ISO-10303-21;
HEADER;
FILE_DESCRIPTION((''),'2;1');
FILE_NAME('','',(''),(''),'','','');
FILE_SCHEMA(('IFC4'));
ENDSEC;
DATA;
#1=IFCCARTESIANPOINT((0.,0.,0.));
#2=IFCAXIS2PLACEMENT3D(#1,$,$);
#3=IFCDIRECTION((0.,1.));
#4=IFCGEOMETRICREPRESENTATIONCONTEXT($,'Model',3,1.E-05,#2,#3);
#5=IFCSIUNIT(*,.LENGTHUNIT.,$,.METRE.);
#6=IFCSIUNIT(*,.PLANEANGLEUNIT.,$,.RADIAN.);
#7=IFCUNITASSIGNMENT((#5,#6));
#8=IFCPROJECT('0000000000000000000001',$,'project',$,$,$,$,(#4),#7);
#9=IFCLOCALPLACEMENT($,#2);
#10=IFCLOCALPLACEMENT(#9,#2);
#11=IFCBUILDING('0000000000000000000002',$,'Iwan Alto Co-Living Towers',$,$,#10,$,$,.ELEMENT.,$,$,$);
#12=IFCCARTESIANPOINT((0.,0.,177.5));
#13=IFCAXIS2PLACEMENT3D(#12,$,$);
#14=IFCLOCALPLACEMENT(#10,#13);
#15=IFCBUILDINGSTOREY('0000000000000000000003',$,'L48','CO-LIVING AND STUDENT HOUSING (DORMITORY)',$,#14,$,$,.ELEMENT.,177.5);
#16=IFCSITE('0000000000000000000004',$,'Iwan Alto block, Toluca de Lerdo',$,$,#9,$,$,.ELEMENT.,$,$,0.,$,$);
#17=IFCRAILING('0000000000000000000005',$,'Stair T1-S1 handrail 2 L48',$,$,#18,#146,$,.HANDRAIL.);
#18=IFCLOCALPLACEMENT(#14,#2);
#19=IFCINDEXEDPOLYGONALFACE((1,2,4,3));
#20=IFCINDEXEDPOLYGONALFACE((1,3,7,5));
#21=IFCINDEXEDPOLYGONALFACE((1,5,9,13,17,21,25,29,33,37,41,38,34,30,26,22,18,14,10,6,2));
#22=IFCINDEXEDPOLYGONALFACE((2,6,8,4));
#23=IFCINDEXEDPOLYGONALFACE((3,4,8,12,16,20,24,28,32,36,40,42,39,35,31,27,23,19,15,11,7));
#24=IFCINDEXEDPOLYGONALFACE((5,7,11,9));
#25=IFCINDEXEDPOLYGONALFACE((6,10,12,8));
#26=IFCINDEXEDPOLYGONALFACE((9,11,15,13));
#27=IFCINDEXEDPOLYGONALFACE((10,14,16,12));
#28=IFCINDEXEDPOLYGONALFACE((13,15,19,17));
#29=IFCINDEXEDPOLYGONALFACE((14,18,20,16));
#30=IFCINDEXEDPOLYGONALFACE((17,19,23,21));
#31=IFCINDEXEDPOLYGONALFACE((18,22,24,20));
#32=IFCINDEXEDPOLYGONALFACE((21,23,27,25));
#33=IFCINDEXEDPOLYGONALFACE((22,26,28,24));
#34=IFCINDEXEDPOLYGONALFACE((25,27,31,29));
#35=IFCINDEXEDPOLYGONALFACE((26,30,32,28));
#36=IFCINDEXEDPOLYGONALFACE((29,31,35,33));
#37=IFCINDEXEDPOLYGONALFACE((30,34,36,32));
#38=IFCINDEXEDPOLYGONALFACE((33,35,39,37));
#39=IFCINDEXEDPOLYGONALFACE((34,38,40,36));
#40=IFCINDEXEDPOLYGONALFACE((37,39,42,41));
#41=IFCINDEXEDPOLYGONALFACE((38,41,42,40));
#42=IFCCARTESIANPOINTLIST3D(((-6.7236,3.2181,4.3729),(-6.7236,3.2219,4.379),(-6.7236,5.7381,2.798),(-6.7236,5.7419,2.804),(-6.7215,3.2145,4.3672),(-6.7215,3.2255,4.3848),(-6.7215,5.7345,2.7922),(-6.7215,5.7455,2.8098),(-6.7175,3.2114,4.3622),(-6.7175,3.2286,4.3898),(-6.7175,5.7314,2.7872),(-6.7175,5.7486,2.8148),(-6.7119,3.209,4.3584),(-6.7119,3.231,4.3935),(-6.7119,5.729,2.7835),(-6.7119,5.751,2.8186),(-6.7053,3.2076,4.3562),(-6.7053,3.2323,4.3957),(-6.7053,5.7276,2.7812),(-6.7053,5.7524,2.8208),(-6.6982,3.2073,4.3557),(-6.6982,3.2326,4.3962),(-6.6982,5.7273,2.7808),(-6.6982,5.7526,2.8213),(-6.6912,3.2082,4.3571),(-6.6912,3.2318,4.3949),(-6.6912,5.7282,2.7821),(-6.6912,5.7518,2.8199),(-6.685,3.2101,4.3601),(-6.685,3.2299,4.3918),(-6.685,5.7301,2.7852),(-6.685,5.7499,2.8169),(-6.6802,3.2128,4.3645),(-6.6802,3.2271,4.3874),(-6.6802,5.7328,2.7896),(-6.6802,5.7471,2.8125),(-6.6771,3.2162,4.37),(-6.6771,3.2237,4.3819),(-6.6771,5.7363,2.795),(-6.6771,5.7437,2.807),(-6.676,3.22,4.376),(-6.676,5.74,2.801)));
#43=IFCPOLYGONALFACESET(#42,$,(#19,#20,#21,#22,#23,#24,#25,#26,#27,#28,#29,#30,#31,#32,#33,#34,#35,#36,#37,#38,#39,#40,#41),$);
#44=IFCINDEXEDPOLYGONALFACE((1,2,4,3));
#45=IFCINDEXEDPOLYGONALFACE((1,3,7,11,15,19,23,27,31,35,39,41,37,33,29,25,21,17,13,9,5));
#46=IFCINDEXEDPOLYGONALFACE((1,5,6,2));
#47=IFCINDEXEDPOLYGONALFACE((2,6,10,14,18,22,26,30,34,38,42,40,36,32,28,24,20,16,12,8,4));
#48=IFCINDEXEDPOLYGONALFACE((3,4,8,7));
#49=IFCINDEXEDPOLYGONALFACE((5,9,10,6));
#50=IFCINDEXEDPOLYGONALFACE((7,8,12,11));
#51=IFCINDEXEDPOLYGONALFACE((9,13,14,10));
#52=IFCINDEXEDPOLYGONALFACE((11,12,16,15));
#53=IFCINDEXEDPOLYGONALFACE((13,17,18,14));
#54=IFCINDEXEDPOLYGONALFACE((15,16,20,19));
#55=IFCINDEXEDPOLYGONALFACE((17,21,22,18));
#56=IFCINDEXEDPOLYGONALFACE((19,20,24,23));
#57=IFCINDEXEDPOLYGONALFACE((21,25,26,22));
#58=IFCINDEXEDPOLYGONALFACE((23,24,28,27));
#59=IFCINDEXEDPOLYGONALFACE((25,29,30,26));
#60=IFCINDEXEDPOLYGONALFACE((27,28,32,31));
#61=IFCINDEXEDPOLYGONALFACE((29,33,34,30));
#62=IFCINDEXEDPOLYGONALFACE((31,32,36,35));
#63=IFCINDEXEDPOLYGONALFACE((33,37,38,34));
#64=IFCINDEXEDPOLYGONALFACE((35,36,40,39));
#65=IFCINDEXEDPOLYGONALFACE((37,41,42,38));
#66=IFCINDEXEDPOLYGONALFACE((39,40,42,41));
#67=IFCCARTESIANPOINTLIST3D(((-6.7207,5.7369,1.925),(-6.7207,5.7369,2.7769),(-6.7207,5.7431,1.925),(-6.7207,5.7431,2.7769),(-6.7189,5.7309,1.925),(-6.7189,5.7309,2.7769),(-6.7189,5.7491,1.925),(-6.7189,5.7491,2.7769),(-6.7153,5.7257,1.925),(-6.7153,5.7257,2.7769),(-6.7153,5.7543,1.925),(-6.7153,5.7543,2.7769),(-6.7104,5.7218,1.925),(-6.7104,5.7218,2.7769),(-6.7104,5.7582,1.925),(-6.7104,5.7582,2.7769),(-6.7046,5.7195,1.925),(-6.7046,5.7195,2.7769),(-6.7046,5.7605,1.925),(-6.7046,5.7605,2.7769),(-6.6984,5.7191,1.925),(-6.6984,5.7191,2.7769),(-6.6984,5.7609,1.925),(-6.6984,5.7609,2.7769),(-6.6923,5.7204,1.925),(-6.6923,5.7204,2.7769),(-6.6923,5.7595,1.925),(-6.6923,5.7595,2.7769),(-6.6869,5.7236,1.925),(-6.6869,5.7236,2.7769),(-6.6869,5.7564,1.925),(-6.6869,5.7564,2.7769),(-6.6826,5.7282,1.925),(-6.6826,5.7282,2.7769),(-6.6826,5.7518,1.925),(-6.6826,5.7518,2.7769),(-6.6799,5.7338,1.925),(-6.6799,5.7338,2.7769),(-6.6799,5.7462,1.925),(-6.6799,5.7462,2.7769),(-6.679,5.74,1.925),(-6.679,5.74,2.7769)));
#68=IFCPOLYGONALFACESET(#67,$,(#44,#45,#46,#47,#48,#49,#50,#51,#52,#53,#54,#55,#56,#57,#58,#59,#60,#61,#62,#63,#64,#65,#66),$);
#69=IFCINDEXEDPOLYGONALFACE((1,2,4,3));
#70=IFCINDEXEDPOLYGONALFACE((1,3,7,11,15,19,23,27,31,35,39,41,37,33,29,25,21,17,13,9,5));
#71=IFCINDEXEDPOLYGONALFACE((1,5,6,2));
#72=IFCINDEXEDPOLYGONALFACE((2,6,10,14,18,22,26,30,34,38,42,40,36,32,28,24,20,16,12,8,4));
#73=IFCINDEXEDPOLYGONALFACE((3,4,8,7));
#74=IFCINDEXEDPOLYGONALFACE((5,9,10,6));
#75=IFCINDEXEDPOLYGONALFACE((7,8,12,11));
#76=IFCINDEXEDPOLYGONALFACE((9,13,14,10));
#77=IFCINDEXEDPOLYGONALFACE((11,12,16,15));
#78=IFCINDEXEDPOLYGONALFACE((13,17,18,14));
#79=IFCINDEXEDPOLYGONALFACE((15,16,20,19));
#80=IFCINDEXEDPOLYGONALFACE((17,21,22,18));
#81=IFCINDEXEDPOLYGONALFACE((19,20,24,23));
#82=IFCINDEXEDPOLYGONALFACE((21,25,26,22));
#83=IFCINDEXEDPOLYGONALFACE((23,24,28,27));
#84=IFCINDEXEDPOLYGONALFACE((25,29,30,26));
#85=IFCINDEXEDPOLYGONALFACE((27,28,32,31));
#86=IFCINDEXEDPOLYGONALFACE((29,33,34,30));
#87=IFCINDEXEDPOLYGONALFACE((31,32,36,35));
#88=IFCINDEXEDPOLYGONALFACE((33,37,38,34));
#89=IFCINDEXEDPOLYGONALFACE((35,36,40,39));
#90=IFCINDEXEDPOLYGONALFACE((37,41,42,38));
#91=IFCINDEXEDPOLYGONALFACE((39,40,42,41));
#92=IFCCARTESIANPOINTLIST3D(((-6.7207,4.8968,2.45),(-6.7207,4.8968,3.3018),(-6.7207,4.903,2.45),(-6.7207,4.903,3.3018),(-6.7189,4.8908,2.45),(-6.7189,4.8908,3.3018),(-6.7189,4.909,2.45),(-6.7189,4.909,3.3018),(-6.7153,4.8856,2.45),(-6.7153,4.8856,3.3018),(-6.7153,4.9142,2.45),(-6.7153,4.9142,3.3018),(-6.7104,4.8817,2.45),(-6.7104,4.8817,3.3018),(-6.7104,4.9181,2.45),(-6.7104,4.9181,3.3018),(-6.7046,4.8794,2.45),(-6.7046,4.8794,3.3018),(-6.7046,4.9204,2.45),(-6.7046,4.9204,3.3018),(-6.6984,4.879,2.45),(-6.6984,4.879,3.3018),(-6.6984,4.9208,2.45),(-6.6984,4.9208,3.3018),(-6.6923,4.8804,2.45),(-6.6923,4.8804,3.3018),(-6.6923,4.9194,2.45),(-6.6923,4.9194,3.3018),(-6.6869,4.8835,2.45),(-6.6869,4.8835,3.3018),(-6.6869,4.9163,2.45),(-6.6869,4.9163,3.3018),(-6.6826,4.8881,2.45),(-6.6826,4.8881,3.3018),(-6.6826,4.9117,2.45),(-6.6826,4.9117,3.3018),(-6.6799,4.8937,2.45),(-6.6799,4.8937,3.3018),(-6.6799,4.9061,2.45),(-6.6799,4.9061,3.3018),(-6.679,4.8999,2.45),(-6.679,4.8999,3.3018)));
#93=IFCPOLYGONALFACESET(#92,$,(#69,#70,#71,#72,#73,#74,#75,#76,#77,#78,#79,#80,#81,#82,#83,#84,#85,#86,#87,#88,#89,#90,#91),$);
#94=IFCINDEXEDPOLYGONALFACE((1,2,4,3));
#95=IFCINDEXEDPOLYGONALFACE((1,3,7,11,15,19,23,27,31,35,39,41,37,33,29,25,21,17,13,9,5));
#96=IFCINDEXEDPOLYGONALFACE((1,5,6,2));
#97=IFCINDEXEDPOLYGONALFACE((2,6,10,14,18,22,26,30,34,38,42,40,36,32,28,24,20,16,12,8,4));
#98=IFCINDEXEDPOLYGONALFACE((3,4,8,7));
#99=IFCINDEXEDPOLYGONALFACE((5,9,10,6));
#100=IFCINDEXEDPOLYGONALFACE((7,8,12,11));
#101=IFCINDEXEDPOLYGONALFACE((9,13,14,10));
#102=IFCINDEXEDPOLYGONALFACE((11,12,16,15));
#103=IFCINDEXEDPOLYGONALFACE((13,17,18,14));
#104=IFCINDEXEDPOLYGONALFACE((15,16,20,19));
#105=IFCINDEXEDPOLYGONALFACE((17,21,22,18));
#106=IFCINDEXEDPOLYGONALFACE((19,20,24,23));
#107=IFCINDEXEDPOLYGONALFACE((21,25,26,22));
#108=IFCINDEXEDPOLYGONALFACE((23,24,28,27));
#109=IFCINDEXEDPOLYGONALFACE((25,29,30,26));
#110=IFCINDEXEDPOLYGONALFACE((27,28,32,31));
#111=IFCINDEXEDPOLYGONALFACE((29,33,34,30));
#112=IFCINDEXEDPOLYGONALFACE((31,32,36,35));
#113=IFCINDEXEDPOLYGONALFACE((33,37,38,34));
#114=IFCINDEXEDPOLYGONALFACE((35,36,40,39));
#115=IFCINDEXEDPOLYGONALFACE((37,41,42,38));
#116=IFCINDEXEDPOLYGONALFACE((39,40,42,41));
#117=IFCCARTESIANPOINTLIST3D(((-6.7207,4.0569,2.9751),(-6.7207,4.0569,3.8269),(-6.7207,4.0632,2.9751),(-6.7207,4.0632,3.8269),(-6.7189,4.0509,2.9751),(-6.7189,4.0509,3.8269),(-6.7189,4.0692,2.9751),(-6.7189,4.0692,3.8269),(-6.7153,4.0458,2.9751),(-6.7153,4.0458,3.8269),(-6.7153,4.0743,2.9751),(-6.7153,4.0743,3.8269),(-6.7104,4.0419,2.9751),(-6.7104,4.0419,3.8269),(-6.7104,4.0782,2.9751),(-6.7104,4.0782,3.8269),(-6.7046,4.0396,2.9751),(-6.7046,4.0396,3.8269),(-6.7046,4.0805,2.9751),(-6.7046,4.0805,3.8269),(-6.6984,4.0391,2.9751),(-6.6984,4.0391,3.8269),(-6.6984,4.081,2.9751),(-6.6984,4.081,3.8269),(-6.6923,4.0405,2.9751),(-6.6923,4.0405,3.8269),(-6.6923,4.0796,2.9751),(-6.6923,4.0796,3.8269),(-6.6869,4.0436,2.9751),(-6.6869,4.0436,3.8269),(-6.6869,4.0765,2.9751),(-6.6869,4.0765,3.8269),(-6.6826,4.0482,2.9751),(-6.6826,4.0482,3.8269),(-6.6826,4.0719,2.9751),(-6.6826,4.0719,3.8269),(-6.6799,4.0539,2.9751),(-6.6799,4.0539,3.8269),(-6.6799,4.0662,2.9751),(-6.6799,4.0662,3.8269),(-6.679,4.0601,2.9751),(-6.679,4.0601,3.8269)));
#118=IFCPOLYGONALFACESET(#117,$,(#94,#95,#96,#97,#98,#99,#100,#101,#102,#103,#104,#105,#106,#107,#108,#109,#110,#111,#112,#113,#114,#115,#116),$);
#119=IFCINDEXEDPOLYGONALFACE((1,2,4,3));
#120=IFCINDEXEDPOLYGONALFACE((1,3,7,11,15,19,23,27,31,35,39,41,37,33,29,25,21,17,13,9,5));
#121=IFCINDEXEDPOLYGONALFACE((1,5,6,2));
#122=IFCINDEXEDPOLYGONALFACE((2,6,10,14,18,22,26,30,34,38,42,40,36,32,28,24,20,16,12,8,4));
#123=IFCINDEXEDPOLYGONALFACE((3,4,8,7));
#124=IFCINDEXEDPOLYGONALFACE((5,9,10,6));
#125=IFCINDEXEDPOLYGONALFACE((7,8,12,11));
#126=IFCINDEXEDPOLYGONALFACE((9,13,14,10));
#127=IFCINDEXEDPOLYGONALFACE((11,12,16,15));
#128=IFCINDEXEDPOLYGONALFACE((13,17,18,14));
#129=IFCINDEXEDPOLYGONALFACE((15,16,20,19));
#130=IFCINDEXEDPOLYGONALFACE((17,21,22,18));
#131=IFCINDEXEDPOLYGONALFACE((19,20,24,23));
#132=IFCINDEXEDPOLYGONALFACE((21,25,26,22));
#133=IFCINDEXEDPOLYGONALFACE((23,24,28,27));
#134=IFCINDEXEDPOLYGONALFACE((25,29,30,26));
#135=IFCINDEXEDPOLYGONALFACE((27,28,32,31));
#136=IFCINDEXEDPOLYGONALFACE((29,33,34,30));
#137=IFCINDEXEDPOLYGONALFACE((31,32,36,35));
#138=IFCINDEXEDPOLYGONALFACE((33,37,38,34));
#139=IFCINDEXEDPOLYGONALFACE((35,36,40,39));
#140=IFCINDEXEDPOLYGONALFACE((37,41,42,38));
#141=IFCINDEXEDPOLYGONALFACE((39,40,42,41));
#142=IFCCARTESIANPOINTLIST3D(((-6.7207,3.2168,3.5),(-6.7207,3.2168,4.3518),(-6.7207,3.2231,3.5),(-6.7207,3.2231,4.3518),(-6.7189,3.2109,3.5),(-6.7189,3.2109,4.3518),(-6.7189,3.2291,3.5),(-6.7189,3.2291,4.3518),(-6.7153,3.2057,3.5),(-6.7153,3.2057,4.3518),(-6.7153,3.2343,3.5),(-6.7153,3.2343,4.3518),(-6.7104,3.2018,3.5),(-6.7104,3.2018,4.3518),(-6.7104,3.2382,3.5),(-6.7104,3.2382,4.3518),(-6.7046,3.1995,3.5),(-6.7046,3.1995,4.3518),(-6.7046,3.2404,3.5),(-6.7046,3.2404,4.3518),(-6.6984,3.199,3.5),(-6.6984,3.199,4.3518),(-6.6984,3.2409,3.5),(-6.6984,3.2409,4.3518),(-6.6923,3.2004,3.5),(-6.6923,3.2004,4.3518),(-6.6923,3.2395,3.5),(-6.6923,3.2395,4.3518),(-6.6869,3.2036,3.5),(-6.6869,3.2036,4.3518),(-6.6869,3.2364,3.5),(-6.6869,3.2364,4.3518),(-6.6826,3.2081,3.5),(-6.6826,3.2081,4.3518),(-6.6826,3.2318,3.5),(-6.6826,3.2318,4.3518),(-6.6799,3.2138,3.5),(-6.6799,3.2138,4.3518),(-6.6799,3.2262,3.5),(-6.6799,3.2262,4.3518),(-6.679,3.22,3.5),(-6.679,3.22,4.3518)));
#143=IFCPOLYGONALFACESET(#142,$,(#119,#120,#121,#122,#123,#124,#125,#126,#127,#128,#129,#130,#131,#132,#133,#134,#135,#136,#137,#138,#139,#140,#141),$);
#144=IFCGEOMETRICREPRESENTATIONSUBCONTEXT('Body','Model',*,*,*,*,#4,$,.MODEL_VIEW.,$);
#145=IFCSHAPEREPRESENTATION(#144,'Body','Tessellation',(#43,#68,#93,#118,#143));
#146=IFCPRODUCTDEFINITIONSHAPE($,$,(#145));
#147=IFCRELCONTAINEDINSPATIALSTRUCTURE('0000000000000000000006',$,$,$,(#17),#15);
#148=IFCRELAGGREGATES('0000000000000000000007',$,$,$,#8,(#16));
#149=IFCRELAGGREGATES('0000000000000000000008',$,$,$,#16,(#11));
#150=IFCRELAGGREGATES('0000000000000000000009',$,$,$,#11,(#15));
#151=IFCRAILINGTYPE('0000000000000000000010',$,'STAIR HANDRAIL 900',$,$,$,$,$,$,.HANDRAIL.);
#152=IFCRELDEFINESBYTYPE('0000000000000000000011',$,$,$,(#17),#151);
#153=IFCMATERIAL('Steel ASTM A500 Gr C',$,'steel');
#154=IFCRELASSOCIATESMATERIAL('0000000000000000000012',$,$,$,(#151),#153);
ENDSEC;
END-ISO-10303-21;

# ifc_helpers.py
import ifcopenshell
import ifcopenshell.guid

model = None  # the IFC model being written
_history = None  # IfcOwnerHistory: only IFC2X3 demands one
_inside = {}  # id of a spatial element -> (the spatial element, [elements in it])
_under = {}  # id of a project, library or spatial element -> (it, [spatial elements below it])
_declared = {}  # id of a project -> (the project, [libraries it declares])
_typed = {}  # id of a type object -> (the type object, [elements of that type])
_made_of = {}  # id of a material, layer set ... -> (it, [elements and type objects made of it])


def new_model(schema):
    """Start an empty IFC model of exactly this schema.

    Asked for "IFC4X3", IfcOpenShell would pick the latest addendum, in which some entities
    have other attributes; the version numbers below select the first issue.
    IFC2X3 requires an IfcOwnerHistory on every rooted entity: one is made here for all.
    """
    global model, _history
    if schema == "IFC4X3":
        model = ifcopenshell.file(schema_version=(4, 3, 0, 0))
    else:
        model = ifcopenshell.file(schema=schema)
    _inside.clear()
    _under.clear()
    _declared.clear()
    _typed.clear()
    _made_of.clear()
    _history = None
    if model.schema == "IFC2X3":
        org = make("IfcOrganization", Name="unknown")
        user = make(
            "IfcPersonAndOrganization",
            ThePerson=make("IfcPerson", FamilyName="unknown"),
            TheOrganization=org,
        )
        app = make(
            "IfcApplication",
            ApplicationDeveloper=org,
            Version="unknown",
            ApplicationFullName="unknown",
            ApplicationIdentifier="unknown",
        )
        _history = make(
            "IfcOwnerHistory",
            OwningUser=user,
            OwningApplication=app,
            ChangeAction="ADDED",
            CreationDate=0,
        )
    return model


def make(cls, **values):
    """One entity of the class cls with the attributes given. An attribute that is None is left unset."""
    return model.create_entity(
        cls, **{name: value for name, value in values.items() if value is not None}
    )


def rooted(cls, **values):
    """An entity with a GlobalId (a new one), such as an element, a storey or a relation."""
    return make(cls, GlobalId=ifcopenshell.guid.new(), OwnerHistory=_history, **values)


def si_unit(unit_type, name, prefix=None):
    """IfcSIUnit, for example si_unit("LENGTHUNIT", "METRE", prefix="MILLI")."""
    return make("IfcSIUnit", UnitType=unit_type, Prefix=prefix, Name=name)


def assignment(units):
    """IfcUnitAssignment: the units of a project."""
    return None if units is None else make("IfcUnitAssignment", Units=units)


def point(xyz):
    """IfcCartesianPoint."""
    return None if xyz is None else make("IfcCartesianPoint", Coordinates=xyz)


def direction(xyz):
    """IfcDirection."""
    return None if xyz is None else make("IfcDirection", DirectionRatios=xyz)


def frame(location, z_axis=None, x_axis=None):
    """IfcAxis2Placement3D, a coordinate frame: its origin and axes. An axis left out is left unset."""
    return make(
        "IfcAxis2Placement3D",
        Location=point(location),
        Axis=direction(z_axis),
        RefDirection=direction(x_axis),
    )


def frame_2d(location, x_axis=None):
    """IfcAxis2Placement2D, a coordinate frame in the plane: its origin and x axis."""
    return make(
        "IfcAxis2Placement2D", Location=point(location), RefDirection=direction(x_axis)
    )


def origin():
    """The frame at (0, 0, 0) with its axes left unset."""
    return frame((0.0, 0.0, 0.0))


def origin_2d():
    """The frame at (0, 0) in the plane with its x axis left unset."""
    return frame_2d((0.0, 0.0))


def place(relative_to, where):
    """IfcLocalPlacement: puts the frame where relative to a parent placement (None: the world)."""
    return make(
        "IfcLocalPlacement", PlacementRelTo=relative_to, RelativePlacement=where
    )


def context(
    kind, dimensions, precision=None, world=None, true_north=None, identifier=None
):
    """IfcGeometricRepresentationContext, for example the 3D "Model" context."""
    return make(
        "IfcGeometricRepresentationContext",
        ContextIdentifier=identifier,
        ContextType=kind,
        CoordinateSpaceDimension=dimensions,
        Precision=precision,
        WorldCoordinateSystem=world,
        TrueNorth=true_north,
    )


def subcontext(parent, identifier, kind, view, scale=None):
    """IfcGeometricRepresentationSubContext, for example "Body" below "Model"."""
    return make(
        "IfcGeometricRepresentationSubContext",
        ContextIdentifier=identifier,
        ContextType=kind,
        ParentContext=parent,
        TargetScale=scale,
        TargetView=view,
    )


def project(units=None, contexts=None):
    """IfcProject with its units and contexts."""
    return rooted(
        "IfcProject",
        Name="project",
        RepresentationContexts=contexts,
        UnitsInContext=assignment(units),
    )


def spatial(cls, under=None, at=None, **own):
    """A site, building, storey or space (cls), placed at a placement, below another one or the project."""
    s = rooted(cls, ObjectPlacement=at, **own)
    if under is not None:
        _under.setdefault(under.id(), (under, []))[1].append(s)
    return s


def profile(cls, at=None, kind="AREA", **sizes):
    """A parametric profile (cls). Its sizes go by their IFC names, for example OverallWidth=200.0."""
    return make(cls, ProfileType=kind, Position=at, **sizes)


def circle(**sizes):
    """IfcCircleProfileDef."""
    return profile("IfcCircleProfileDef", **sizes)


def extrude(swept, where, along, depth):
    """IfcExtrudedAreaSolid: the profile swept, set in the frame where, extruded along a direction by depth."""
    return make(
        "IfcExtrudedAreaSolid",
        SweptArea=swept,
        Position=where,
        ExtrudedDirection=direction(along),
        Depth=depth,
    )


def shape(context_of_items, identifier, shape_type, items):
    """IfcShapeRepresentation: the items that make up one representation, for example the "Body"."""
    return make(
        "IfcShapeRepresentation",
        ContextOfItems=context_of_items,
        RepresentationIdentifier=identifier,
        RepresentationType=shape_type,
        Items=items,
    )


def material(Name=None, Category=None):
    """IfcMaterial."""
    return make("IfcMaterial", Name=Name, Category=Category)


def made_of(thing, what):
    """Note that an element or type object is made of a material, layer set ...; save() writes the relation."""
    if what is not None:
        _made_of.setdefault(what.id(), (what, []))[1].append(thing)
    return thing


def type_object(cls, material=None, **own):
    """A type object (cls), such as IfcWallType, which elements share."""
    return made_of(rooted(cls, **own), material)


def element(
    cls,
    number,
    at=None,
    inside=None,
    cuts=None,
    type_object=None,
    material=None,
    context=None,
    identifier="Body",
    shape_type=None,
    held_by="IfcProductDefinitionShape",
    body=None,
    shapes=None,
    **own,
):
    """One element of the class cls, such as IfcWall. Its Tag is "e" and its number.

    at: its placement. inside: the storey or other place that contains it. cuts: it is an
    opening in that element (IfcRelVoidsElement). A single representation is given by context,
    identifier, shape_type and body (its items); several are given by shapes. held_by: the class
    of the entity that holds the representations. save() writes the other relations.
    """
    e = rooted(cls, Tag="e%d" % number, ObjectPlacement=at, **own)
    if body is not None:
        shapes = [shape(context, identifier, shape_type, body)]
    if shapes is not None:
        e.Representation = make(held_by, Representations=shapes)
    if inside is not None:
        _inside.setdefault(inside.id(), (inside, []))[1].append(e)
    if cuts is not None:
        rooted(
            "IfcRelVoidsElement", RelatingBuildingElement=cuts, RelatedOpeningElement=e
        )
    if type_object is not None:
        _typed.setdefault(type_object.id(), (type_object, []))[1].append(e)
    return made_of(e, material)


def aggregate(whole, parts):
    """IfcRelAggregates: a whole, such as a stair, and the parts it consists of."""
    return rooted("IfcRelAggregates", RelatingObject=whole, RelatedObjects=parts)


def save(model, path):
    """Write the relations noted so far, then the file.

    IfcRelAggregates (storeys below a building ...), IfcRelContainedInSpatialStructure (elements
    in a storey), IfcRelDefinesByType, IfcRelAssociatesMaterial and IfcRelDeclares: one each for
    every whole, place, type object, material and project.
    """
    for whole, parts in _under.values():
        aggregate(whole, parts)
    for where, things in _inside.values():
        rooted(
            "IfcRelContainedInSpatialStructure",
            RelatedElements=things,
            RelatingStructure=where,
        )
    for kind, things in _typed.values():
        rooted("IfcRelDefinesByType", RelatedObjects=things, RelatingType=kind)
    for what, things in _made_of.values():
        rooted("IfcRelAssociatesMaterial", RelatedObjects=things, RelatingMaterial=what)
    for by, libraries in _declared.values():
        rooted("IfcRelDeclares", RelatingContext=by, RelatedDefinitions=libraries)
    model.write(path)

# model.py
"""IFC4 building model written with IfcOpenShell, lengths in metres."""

from ifc_helpers import new_model, si_unit, direction, frame, origin, origin_2d, place, context, subcontext, project, spatial, circle, extrude, material, type_object, element, save


model = new_model("IFC4")

# Units and contexts
model_context = context("Model", 3, precision=1e-05, world=origin(), true_north=direction((0.0, 1.0)))
body_context = subcontext(model_context, "Body", "Model", "MODEL_VIEW")
ifc_project = project(units=[si_unit("LENGTHUNIT", "METRE"), si_unit("PLANEANGLEUNIT", "RADIAN")], contexts=[model_context])

# Site, building, storey
site_placement = place(None, origin())
site = spatial("IfcSite", under=ifc_project, at=site_placement, Name="Iwan Alto block, Toluca de Lerdo", CompositionType="ELEMENT", RefElevation=0.0)
building_placement = place(site_placement, origin())
building = spatial("IfcBuilding", under=site, at=building_placement, Name="Iwan Alto Co-Living Towers", CompositionType="ELEMENT")
storey_placement = place(building_placement, frame((0.0, 0.0, 177.5)))
storey = spatial("IfcBuildingStorey", under=building, at=storey_placement, Name="L48", Description="CO-LIVING AND STUDENT HOUSING (DORMITORY)", CompositionType="ELEMENT", Elevation=177.5)

# Railing
ifc_material_1 = material(Name="Steel ASTM A500 Gr C", Category="steel")
railing_type_1 = type_object("IfcRailingType", Name="STAIR HANDRAIL 900", PredefinedType="HANDRAIL", material=ifc_material_1)
railing_1_placement = place(storey_placement, frame((-6.7, 5.74, 1.925)))
element("IfcRailing", 1, at=railing_1_placement, inside=storey, type_object=railing_type_1, Name="Stair T1-S1 handrail 2 L48", PredefinedType="HANDRAIL", context=body_context, shape_type="SweptSolid", body=[
    extrude(circle(Radius=0.0239, at=origin_2d()), frame((0.0, 0.0, 0.876), z_axis=(0.0, -0.848008, 0.529984), x_axis=(1.0, 0.0, 0.0)), (0.0, 0.0, 1.0), 2.9717),
    extrude(circle(Radius=0.021, at=origin_2d()), origin(), (0.0, 0.0, 1.0), 0.8518),
    extrude(circle(Radius=0.021, at=origin_2d()), frame((0.0, -0.8401, 0.5249)), (0.0, 0.0, 1.0), 0.8518),
    extrude(circle(Radius=0.021, at=origin_2d()), frame((0.0, -1.6799, 1.05)), (0.0, 0.0, 1.0), 0.8518),
    extrude(circle(Radius=0.021, at=origin_2d()), frame((0.0, -2.52, 1.575)), (0.0, 0.0, 1.0), 0.8518),
])

save(model, "model.ifc")
